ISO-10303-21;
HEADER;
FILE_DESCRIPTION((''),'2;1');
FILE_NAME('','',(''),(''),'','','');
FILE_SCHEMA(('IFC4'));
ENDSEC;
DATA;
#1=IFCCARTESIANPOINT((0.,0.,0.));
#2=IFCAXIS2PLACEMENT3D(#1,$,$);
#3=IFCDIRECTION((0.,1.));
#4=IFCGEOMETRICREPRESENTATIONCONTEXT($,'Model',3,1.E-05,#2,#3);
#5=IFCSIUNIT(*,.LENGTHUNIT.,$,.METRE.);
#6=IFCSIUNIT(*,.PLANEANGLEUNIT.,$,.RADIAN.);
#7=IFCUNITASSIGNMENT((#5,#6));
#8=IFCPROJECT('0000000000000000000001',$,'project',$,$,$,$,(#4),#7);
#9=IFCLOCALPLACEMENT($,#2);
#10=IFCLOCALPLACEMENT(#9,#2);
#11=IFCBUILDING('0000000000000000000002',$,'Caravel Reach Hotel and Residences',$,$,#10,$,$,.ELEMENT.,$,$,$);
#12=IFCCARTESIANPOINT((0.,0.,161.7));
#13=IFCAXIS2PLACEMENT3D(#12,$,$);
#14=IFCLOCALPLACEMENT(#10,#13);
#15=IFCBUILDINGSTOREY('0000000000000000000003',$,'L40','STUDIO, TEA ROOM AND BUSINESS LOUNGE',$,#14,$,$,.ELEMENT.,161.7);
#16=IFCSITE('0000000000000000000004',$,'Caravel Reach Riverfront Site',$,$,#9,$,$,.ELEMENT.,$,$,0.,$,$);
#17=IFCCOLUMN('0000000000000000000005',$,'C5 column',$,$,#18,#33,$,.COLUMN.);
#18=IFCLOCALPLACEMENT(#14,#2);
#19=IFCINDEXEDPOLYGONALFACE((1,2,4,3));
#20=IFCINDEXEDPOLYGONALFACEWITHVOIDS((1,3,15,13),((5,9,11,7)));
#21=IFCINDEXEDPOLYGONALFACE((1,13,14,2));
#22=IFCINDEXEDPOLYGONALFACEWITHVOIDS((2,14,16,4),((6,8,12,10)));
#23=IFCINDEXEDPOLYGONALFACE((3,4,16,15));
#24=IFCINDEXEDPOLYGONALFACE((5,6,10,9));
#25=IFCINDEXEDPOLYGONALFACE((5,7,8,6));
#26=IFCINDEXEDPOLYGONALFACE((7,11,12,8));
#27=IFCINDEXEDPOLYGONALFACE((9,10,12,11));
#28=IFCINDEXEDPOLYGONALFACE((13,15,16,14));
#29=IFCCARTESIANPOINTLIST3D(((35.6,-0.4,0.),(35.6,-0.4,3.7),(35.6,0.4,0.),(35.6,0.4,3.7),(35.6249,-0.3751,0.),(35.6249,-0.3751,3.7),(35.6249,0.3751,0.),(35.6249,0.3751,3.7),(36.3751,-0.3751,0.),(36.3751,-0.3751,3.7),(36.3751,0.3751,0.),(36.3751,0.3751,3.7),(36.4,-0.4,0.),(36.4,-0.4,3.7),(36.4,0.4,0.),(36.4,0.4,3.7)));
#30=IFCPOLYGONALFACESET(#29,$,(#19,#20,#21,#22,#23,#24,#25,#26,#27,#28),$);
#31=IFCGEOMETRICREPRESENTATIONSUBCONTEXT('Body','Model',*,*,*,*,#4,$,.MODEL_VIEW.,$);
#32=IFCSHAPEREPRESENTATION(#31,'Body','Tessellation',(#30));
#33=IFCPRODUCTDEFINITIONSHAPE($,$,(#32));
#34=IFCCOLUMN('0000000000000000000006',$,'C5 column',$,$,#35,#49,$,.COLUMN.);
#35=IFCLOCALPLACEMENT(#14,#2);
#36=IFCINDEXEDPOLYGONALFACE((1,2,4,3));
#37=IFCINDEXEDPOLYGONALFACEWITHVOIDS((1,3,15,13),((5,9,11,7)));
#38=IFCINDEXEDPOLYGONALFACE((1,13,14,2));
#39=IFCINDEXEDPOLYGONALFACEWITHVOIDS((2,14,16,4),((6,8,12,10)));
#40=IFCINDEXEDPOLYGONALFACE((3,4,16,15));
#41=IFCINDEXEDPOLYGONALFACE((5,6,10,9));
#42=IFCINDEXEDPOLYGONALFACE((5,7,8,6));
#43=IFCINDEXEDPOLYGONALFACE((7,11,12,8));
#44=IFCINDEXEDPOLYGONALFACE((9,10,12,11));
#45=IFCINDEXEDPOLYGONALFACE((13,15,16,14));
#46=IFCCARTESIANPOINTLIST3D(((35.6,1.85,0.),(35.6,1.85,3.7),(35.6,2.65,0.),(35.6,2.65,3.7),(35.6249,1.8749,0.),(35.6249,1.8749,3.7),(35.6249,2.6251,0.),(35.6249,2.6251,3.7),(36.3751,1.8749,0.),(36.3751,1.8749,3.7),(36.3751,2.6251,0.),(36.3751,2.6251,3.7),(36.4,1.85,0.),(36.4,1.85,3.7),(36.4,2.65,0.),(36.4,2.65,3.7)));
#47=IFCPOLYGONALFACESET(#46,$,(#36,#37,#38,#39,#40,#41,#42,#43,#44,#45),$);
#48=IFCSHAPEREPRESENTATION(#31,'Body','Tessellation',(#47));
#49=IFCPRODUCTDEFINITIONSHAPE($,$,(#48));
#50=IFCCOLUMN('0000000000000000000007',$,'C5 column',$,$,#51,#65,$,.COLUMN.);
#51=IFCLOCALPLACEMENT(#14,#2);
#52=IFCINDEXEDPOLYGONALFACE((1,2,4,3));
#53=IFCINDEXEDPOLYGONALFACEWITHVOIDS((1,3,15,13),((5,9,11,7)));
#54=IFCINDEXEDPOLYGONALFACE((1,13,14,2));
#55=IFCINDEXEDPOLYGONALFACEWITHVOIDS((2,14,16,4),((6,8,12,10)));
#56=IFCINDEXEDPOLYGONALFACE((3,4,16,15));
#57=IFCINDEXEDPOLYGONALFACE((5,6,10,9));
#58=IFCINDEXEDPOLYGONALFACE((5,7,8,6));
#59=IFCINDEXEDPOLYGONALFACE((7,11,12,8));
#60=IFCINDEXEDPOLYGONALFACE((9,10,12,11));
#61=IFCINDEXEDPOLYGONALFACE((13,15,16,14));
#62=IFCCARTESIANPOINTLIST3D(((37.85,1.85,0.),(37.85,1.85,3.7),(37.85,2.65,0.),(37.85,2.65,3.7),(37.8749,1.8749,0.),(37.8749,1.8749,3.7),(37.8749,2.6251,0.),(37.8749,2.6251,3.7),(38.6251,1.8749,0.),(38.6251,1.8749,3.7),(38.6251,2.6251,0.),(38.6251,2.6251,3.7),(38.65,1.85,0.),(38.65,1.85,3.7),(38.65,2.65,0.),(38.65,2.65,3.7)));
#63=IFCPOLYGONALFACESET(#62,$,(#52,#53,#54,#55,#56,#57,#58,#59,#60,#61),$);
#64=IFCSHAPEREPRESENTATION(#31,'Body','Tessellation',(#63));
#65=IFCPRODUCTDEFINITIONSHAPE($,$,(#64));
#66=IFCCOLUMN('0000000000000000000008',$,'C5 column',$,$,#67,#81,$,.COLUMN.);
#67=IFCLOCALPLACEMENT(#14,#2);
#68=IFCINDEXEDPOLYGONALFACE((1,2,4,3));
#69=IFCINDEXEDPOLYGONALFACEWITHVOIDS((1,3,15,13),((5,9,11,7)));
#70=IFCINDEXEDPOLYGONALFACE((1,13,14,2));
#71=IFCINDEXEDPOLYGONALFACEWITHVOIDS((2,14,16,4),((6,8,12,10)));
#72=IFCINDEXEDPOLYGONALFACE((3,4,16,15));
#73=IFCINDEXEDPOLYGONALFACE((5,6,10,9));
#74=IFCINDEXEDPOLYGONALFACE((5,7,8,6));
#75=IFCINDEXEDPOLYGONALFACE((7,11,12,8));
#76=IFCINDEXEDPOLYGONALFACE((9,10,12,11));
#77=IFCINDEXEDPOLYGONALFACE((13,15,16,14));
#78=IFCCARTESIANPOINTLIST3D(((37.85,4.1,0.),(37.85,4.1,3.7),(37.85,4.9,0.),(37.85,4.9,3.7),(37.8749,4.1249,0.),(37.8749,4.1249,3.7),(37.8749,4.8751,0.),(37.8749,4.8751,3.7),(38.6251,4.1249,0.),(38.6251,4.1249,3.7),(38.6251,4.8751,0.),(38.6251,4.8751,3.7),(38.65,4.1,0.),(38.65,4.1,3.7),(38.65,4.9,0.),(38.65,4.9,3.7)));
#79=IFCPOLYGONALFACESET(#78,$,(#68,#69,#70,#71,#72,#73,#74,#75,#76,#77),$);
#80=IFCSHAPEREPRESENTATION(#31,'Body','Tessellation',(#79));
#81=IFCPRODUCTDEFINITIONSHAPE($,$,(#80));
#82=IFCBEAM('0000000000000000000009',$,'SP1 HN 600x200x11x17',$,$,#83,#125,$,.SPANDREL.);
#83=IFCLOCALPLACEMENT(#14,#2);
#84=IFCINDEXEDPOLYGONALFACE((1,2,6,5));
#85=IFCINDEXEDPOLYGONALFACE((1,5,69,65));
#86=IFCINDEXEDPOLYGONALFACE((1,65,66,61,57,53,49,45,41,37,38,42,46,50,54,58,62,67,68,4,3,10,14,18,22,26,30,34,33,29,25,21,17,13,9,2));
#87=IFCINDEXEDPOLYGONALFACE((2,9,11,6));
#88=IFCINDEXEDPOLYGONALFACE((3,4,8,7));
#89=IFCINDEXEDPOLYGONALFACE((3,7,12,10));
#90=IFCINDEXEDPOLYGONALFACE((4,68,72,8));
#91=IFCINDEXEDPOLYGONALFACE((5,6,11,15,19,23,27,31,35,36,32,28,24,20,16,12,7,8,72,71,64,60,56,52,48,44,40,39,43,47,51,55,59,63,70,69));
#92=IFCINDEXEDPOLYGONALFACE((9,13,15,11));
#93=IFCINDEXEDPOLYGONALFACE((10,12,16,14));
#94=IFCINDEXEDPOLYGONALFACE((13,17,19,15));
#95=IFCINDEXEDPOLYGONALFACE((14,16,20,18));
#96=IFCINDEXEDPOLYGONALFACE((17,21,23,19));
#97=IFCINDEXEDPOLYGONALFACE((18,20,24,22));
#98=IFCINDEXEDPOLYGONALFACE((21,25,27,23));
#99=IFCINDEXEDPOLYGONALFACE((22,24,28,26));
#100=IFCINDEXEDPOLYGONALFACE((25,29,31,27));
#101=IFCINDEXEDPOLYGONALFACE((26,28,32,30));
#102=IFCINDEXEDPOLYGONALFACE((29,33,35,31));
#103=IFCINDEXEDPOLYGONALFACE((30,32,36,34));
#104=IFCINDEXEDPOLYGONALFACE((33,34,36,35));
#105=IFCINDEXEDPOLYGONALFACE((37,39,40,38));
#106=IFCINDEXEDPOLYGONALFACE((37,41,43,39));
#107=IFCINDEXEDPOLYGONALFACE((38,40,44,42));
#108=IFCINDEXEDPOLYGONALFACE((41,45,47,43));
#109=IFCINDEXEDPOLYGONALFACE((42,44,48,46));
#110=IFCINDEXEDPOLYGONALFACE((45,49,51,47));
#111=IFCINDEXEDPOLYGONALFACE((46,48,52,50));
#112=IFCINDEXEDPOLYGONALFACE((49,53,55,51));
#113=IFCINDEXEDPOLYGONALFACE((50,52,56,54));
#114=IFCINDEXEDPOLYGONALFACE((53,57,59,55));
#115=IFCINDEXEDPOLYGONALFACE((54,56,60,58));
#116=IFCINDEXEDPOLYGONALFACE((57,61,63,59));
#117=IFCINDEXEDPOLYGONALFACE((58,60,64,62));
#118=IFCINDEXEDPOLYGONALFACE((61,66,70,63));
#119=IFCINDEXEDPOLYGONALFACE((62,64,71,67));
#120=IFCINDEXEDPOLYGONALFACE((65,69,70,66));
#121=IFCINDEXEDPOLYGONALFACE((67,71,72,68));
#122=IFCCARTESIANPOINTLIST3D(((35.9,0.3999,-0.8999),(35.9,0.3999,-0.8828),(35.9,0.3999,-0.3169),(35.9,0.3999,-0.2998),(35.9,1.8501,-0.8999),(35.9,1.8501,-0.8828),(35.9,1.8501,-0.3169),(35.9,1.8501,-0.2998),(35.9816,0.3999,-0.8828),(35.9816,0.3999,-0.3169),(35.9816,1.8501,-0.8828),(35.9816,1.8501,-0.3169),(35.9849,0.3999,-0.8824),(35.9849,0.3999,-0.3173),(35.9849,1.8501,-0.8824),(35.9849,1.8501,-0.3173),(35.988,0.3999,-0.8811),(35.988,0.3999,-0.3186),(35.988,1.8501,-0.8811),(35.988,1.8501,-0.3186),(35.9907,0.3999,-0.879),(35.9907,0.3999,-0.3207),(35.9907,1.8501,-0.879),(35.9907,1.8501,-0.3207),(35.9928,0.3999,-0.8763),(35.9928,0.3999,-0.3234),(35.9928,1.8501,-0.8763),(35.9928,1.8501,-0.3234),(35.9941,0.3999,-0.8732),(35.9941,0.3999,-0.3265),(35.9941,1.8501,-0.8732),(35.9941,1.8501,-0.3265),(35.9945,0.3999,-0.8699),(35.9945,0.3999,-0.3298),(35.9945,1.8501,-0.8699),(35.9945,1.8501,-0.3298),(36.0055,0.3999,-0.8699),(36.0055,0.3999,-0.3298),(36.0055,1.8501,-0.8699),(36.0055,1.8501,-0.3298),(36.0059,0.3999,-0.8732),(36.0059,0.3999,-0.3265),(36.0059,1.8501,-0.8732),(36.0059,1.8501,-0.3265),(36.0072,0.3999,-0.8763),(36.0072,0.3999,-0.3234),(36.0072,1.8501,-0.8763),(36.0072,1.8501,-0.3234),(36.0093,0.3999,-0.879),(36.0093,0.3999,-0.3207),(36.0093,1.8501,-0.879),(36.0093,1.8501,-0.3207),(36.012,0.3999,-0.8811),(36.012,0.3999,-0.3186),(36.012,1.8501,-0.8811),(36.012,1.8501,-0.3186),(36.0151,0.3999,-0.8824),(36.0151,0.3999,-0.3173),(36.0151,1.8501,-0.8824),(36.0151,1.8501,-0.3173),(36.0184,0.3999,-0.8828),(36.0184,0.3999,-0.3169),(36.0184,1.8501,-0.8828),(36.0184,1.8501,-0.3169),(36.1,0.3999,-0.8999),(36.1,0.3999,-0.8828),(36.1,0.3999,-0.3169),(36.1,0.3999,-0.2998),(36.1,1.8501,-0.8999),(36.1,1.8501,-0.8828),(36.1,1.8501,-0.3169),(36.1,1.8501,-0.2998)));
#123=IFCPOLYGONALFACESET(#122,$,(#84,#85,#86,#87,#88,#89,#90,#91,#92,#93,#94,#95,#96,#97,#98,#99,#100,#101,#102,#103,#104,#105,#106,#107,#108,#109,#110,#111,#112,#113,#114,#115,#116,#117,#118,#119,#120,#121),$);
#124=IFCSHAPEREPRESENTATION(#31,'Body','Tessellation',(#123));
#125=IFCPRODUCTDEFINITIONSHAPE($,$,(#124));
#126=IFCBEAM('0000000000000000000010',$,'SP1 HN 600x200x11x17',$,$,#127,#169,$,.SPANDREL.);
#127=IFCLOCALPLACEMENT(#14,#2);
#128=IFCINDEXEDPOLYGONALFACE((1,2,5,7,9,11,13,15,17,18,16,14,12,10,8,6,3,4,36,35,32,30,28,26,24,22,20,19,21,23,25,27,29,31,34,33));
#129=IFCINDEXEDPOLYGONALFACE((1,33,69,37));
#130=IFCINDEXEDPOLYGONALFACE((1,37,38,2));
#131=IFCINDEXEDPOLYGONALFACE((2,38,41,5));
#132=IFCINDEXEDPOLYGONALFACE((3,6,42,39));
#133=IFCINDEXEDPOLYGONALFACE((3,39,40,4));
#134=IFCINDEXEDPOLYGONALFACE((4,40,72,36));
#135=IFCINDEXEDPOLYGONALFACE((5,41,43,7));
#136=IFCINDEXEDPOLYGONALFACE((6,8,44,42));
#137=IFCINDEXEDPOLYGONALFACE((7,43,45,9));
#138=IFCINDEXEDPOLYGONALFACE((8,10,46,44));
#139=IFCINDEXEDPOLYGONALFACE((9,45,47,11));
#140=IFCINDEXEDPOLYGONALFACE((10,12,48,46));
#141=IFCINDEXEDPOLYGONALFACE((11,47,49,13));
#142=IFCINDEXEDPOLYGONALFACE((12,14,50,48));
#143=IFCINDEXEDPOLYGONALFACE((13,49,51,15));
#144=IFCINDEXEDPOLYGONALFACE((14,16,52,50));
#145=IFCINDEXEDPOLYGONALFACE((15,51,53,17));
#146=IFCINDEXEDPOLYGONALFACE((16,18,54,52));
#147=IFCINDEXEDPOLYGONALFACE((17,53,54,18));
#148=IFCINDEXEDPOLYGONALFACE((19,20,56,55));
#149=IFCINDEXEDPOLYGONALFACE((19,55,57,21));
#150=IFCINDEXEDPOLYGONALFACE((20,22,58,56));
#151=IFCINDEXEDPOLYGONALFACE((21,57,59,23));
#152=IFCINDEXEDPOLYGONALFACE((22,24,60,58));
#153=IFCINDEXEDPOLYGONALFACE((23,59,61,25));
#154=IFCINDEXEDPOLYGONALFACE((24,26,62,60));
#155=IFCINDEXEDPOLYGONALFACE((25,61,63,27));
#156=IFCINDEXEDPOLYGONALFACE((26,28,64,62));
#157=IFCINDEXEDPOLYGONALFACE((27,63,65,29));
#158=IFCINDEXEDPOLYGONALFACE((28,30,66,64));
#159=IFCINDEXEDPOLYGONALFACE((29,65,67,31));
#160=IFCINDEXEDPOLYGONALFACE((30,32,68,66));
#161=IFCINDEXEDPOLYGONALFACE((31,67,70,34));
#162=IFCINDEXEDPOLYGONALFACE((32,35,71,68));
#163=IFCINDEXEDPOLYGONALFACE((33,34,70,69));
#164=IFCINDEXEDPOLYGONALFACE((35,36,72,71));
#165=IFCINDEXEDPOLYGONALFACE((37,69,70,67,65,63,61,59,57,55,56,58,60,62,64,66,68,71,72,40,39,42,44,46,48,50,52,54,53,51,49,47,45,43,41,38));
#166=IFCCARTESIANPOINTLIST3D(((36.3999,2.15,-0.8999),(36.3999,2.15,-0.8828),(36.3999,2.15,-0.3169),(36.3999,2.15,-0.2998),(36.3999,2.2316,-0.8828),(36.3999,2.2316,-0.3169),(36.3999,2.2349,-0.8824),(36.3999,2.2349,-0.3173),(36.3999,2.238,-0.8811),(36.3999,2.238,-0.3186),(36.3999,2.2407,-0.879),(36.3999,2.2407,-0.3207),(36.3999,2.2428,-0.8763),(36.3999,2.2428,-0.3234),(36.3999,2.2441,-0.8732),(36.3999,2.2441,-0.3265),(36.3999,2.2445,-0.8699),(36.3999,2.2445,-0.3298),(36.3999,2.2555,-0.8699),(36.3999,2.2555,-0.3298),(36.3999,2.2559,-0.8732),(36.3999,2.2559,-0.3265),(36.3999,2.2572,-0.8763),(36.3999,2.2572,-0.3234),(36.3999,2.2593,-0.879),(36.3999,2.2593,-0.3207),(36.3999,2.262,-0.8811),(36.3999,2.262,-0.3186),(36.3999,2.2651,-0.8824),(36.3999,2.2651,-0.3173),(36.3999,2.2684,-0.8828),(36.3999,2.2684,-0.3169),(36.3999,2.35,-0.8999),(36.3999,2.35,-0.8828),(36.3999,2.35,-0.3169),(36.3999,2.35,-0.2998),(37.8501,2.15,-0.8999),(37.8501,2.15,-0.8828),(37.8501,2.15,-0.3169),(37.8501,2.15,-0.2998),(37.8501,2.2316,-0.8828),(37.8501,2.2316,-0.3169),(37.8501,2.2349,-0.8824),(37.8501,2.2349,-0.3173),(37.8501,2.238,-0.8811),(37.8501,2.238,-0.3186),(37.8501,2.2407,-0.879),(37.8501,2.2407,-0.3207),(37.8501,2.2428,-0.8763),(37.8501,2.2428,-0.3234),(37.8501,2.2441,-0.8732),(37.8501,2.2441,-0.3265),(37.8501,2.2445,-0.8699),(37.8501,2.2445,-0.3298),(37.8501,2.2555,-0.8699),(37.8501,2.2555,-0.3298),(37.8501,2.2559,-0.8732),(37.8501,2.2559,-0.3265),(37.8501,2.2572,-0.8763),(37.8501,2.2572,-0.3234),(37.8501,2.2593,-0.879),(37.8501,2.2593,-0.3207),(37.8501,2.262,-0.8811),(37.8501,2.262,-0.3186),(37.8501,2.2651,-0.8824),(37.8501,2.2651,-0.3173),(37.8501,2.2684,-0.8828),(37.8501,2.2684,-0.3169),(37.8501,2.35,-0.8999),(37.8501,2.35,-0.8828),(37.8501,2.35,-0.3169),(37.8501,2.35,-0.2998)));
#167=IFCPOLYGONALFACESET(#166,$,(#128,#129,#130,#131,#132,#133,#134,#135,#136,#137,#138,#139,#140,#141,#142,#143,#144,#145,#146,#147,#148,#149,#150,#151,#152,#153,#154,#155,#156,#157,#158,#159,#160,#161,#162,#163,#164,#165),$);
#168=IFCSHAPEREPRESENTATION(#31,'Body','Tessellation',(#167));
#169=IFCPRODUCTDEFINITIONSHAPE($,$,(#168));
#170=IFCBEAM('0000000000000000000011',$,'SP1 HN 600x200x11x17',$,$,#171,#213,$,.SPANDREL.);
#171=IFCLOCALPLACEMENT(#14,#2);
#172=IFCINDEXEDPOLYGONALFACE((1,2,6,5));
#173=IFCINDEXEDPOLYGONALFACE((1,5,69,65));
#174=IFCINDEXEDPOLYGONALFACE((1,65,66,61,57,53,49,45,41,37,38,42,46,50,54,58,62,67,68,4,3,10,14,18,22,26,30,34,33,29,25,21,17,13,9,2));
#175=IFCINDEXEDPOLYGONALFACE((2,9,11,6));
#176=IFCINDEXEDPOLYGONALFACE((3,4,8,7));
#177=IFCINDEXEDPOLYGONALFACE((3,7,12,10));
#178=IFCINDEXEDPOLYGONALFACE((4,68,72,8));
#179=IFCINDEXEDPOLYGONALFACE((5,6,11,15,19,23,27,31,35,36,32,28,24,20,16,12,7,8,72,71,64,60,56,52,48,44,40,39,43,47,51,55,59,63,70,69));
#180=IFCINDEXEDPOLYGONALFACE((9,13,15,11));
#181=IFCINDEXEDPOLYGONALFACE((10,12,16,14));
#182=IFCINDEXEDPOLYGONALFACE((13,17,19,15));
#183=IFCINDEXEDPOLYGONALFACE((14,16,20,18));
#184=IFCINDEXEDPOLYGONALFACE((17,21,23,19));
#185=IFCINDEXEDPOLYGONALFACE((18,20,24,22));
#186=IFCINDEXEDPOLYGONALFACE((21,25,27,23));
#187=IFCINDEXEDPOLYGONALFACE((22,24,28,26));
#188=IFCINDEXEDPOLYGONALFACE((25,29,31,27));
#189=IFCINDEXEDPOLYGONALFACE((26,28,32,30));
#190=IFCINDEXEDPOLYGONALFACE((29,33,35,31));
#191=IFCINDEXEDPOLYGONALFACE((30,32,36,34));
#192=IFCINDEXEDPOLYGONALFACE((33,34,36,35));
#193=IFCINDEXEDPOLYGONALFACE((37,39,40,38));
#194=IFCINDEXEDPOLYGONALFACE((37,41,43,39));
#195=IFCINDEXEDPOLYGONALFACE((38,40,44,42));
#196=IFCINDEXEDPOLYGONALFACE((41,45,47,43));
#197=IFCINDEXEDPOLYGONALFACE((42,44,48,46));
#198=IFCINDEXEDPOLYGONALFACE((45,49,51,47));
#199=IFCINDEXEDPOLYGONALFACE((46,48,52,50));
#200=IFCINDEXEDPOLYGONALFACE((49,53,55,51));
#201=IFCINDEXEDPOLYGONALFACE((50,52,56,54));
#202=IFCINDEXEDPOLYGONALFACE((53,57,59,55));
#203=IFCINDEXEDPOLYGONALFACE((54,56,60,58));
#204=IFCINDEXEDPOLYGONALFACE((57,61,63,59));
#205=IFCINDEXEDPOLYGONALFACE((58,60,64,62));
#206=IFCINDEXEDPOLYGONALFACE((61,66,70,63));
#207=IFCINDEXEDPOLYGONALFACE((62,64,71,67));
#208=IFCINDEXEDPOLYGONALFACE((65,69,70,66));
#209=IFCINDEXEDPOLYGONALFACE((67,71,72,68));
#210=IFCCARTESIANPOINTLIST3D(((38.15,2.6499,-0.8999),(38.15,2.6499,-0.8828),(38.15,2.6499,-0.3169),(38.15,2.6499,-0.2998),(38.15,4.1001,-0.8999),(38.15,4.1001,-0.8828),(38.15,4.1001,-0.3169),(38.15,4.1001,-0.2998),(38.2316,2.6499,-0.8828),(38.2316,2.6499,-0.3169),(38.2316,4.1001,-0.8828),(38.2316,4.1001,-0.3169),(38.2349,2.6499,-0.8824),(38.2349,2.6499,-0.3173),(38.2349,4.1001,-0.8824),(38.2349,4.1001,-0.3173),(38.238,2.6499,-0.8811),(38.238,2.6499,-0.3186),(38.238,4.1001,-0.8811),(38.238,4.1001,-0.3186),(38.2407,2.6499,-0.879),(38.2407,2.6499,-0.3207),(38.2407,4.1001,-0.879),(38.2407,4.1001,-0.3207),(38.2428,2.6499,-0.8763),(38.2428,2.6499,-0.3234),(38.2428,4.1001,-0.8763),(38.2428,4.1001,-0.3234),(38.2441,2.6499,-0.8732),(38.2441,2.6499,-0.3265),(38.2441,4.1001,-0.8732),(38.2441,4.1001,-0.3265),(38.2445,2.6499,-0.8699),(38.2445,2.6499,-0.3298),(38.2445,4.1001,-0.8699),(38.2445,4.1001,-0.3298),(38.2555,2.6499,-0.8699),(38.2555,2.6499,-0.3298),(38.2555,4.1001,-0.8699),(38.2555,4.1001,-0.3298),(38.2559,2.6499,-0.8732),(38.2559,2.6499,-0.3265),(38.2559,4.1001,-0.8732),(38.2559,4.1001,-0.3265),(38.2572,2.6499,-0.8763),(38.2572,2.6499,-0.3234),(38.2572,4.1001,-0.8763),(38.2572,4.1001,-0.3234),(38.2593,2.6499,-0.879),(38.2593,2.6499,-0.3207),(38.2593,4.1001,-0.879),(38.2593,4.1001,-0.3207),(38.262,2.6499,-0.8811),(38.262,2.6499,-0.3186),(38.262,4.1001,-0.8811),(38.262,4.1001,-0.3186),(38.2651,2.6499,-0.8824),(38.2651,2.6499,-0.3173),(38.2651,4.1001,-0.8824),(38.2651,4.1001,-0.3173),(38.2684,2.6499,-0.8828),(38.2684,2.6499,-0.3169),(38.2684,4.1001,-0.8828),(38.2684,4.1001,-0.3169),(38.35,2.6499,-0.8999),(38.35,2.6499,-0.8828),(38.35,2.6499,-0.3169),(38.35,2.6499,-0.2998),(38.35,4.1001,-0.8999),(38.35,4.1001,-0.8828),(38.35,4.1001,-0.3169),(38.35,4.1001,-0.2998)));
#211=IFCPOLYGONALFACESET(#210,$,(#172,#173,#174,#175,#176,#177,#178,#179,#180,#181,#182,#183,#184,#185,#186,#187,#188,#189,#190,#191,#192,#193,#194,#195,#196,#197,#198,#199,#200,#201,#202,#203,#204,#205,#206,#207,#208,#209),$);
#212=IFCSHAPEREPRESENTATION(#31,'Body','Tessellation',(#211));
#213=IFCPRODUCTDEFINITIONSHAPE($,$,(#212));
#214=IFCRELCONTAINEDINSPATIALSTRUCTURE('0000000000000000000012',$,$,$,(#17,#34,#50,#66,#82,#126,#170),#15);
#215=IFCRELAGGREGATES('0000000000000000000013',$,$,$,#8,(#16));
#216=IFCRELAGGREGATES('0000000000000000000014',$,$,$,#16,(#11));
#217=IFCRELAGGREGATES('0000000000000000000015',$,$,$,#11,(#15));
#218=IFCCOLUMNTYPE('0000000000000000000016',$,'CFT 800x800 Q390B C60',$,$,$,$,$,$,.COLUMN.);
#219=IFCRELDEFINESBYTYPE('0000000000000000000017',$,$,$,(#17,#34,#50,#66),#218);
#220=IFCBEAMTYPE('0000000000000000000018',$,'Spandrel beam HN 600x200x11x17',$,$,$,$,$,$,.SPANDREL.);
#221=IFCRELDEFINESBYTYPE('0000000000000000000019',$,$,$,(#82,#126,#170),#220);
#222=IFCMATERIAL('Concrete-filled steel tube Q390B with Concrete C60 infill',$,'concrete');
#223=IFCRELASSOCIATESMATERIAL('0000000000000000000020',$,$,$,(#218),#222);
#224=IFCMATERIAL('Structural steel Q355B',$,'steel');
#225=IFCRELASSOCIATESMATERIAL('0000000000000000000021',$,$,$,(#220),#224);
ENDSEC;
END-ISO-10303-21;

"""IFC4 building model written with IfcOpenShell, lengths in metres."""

from ifc_helpers import new_model, si_unit, direction, frame, origin, origin_2d, place, context, subcontext, project, spatial, hollow_rectangle, i_section, extrude, material, material_profile, profile_set, type_object, element, save


model = new_model("IFC4")

# Units and contexts
model_context = context("Model", 3, precision=1e-05, world=origin(), true_north=direction((0.0, 1.0)))
body_context = subcontext(model_context, "Body", "Model", "MODEL_VIEW")
ifc_project = project(units=[si_unit("LENGTHUNIT", "METRE"), si_unit("PLANEANGLEUNIT", "RADIAN")], contexts=[model_context])

# Site, building, storey
site_placement = place(None, origin())
site = spatial("IfcSite", under=ifc_project, at=site_placement, Name="Caravel Reach Riverfront Site", CompositionType="ELEMENT", RefElevation=0.0)
building_placement = place(site_placement, origin())
building = spatial("IfcBuilding", under=site, at=building_placement, Name="Caravel Reach Hotel and Residences", CompositionType="ELEMENT")
storey_placement = place(building_placement, frame((0.0, 0.0, 161.7)))
storey = spatial("IfcBuildingStorey", under=building, at=storey_placement, Name="L40", Description="STUDIO, TEA ROOM AND BUSINESS LOUNGE", CompositionType="ELEMENT", Elevation=161.7)

# Columns
ifc_material_1 = material(Name="Concrete-filled steel tube Q390B with Concrete C60 infill", Category="concrete")
ifc_material_profile_1 = material_profile(ifc_material_1, hollow_rectangle(XDim=0.8, YDim=0.8, WallThickness=0.0249, at=origin_2d()), Name="RHS 800x800x25")
ifc_profile_set_1 = profile_set([ifc_material_profile_1], Name="Concrete-filled steel tube Q390B with Concrete C60 infill")
column_type = type_object("IfcColumnType", Name="CFT 800x800 Q390B C60", PredefinedType="COLUMN", material=ifc_profile_set_1)
for number, where, z_axis, x_axis, name in (
    (1, (36.0, 0.0, 0.0), (0.0, 0.0, 1.0), (1.0, 0.0, 0.0), "C5 column"),
    (2, (36.0, 2.25, 0.0), (0.0, 0.0, 1.0), (1.0, 0.0, 0.0), "C5 column"),
    (3, (38.25, 2.25, 0.0), (0.0, 0.0, 1.0), (1.0, 0.0, 0.0), "C5 column"),
    (4, (38.25, 4.5, 0.0), (0.0, 0.0, 1.0), (1.0, 0.0, 0.0), "C5 column"),
):
    element("IfcColumn", number, at=place(storey_placement, frame(where, z_axis=z_axis, x_axis=x_axis)), inside=storey, type_object=column_type, Name=name, PredefinedType="COLUMN", context=body_context, shape_type="SweptSolid", body=[
        extrude(hollow_rectangle(XDim=0.8, YDim=0.8, WallThickness=0.0249, at=origin_2d()), origin(), (0.0, 0.0, 1.0), 3.7),
    ])

# Beams
ifc_material_2 = material(Name="Structural steel Q355B", Category="steel")
ifc_material_profile_2 = material_profile(ifc_material_2, i_section(OverallWidth=0.2, OverallDepth=0.6001, WebThickness=0.011, FlangeThickness=0.0171, FilletRadius=0.0129, at=origin_2d()), Name="HN 600x200x11x17")
ifc_profile_set_2 = profile_set([ifc_material_profile_2], Name="Structural steel Q355B")
beam_type = type_object("IfcBeamType", Name="Spandrel beam HN 600x200x11x17", PredefinedType="SPANDREL", material=ifc_profile_set_2)
for number, where, z_axis, x_axis, name in (
    (5, (36.0, 0.3999, -0.5999), (0.0, 1.0, 0.0), (-1.0, 0.0, 0.0), "SP1 HN 600x200x11x17"),
    (6, (36.3999, 2.25, -0.5999), (1.0, 0.0, 0.0), (0.0, 1.0, 0.0), "SP1 HN 600x200x11x17"),
    (7, (38.25, 2.6499, -0.5999), (0.0, 1.0, 0.0), (-1.0, 0.0, 0.0), "SP1 HN 600x200x11x17"),
):
    element("IfcBeam", number, at=place(storey_placement, frame(where, z_axis=z_axis, x_axis=x_axis)), inside=storey, type_object=beam_type, Name=name, PredefinedType="SPANDREL", context=body_context, shape_type="SweptSolid", body=[
        extrude(i_section(OverallWidth=0.2, OverallDepth=0.6001, WebThickness=0.011, FlangeThickness=0.0171, FilletRadius=0.0129, at=origin_2d()), origin(), (0.0, 0.0, 1.0), 1.4502),
    ])

save(model, "model.ifc")
